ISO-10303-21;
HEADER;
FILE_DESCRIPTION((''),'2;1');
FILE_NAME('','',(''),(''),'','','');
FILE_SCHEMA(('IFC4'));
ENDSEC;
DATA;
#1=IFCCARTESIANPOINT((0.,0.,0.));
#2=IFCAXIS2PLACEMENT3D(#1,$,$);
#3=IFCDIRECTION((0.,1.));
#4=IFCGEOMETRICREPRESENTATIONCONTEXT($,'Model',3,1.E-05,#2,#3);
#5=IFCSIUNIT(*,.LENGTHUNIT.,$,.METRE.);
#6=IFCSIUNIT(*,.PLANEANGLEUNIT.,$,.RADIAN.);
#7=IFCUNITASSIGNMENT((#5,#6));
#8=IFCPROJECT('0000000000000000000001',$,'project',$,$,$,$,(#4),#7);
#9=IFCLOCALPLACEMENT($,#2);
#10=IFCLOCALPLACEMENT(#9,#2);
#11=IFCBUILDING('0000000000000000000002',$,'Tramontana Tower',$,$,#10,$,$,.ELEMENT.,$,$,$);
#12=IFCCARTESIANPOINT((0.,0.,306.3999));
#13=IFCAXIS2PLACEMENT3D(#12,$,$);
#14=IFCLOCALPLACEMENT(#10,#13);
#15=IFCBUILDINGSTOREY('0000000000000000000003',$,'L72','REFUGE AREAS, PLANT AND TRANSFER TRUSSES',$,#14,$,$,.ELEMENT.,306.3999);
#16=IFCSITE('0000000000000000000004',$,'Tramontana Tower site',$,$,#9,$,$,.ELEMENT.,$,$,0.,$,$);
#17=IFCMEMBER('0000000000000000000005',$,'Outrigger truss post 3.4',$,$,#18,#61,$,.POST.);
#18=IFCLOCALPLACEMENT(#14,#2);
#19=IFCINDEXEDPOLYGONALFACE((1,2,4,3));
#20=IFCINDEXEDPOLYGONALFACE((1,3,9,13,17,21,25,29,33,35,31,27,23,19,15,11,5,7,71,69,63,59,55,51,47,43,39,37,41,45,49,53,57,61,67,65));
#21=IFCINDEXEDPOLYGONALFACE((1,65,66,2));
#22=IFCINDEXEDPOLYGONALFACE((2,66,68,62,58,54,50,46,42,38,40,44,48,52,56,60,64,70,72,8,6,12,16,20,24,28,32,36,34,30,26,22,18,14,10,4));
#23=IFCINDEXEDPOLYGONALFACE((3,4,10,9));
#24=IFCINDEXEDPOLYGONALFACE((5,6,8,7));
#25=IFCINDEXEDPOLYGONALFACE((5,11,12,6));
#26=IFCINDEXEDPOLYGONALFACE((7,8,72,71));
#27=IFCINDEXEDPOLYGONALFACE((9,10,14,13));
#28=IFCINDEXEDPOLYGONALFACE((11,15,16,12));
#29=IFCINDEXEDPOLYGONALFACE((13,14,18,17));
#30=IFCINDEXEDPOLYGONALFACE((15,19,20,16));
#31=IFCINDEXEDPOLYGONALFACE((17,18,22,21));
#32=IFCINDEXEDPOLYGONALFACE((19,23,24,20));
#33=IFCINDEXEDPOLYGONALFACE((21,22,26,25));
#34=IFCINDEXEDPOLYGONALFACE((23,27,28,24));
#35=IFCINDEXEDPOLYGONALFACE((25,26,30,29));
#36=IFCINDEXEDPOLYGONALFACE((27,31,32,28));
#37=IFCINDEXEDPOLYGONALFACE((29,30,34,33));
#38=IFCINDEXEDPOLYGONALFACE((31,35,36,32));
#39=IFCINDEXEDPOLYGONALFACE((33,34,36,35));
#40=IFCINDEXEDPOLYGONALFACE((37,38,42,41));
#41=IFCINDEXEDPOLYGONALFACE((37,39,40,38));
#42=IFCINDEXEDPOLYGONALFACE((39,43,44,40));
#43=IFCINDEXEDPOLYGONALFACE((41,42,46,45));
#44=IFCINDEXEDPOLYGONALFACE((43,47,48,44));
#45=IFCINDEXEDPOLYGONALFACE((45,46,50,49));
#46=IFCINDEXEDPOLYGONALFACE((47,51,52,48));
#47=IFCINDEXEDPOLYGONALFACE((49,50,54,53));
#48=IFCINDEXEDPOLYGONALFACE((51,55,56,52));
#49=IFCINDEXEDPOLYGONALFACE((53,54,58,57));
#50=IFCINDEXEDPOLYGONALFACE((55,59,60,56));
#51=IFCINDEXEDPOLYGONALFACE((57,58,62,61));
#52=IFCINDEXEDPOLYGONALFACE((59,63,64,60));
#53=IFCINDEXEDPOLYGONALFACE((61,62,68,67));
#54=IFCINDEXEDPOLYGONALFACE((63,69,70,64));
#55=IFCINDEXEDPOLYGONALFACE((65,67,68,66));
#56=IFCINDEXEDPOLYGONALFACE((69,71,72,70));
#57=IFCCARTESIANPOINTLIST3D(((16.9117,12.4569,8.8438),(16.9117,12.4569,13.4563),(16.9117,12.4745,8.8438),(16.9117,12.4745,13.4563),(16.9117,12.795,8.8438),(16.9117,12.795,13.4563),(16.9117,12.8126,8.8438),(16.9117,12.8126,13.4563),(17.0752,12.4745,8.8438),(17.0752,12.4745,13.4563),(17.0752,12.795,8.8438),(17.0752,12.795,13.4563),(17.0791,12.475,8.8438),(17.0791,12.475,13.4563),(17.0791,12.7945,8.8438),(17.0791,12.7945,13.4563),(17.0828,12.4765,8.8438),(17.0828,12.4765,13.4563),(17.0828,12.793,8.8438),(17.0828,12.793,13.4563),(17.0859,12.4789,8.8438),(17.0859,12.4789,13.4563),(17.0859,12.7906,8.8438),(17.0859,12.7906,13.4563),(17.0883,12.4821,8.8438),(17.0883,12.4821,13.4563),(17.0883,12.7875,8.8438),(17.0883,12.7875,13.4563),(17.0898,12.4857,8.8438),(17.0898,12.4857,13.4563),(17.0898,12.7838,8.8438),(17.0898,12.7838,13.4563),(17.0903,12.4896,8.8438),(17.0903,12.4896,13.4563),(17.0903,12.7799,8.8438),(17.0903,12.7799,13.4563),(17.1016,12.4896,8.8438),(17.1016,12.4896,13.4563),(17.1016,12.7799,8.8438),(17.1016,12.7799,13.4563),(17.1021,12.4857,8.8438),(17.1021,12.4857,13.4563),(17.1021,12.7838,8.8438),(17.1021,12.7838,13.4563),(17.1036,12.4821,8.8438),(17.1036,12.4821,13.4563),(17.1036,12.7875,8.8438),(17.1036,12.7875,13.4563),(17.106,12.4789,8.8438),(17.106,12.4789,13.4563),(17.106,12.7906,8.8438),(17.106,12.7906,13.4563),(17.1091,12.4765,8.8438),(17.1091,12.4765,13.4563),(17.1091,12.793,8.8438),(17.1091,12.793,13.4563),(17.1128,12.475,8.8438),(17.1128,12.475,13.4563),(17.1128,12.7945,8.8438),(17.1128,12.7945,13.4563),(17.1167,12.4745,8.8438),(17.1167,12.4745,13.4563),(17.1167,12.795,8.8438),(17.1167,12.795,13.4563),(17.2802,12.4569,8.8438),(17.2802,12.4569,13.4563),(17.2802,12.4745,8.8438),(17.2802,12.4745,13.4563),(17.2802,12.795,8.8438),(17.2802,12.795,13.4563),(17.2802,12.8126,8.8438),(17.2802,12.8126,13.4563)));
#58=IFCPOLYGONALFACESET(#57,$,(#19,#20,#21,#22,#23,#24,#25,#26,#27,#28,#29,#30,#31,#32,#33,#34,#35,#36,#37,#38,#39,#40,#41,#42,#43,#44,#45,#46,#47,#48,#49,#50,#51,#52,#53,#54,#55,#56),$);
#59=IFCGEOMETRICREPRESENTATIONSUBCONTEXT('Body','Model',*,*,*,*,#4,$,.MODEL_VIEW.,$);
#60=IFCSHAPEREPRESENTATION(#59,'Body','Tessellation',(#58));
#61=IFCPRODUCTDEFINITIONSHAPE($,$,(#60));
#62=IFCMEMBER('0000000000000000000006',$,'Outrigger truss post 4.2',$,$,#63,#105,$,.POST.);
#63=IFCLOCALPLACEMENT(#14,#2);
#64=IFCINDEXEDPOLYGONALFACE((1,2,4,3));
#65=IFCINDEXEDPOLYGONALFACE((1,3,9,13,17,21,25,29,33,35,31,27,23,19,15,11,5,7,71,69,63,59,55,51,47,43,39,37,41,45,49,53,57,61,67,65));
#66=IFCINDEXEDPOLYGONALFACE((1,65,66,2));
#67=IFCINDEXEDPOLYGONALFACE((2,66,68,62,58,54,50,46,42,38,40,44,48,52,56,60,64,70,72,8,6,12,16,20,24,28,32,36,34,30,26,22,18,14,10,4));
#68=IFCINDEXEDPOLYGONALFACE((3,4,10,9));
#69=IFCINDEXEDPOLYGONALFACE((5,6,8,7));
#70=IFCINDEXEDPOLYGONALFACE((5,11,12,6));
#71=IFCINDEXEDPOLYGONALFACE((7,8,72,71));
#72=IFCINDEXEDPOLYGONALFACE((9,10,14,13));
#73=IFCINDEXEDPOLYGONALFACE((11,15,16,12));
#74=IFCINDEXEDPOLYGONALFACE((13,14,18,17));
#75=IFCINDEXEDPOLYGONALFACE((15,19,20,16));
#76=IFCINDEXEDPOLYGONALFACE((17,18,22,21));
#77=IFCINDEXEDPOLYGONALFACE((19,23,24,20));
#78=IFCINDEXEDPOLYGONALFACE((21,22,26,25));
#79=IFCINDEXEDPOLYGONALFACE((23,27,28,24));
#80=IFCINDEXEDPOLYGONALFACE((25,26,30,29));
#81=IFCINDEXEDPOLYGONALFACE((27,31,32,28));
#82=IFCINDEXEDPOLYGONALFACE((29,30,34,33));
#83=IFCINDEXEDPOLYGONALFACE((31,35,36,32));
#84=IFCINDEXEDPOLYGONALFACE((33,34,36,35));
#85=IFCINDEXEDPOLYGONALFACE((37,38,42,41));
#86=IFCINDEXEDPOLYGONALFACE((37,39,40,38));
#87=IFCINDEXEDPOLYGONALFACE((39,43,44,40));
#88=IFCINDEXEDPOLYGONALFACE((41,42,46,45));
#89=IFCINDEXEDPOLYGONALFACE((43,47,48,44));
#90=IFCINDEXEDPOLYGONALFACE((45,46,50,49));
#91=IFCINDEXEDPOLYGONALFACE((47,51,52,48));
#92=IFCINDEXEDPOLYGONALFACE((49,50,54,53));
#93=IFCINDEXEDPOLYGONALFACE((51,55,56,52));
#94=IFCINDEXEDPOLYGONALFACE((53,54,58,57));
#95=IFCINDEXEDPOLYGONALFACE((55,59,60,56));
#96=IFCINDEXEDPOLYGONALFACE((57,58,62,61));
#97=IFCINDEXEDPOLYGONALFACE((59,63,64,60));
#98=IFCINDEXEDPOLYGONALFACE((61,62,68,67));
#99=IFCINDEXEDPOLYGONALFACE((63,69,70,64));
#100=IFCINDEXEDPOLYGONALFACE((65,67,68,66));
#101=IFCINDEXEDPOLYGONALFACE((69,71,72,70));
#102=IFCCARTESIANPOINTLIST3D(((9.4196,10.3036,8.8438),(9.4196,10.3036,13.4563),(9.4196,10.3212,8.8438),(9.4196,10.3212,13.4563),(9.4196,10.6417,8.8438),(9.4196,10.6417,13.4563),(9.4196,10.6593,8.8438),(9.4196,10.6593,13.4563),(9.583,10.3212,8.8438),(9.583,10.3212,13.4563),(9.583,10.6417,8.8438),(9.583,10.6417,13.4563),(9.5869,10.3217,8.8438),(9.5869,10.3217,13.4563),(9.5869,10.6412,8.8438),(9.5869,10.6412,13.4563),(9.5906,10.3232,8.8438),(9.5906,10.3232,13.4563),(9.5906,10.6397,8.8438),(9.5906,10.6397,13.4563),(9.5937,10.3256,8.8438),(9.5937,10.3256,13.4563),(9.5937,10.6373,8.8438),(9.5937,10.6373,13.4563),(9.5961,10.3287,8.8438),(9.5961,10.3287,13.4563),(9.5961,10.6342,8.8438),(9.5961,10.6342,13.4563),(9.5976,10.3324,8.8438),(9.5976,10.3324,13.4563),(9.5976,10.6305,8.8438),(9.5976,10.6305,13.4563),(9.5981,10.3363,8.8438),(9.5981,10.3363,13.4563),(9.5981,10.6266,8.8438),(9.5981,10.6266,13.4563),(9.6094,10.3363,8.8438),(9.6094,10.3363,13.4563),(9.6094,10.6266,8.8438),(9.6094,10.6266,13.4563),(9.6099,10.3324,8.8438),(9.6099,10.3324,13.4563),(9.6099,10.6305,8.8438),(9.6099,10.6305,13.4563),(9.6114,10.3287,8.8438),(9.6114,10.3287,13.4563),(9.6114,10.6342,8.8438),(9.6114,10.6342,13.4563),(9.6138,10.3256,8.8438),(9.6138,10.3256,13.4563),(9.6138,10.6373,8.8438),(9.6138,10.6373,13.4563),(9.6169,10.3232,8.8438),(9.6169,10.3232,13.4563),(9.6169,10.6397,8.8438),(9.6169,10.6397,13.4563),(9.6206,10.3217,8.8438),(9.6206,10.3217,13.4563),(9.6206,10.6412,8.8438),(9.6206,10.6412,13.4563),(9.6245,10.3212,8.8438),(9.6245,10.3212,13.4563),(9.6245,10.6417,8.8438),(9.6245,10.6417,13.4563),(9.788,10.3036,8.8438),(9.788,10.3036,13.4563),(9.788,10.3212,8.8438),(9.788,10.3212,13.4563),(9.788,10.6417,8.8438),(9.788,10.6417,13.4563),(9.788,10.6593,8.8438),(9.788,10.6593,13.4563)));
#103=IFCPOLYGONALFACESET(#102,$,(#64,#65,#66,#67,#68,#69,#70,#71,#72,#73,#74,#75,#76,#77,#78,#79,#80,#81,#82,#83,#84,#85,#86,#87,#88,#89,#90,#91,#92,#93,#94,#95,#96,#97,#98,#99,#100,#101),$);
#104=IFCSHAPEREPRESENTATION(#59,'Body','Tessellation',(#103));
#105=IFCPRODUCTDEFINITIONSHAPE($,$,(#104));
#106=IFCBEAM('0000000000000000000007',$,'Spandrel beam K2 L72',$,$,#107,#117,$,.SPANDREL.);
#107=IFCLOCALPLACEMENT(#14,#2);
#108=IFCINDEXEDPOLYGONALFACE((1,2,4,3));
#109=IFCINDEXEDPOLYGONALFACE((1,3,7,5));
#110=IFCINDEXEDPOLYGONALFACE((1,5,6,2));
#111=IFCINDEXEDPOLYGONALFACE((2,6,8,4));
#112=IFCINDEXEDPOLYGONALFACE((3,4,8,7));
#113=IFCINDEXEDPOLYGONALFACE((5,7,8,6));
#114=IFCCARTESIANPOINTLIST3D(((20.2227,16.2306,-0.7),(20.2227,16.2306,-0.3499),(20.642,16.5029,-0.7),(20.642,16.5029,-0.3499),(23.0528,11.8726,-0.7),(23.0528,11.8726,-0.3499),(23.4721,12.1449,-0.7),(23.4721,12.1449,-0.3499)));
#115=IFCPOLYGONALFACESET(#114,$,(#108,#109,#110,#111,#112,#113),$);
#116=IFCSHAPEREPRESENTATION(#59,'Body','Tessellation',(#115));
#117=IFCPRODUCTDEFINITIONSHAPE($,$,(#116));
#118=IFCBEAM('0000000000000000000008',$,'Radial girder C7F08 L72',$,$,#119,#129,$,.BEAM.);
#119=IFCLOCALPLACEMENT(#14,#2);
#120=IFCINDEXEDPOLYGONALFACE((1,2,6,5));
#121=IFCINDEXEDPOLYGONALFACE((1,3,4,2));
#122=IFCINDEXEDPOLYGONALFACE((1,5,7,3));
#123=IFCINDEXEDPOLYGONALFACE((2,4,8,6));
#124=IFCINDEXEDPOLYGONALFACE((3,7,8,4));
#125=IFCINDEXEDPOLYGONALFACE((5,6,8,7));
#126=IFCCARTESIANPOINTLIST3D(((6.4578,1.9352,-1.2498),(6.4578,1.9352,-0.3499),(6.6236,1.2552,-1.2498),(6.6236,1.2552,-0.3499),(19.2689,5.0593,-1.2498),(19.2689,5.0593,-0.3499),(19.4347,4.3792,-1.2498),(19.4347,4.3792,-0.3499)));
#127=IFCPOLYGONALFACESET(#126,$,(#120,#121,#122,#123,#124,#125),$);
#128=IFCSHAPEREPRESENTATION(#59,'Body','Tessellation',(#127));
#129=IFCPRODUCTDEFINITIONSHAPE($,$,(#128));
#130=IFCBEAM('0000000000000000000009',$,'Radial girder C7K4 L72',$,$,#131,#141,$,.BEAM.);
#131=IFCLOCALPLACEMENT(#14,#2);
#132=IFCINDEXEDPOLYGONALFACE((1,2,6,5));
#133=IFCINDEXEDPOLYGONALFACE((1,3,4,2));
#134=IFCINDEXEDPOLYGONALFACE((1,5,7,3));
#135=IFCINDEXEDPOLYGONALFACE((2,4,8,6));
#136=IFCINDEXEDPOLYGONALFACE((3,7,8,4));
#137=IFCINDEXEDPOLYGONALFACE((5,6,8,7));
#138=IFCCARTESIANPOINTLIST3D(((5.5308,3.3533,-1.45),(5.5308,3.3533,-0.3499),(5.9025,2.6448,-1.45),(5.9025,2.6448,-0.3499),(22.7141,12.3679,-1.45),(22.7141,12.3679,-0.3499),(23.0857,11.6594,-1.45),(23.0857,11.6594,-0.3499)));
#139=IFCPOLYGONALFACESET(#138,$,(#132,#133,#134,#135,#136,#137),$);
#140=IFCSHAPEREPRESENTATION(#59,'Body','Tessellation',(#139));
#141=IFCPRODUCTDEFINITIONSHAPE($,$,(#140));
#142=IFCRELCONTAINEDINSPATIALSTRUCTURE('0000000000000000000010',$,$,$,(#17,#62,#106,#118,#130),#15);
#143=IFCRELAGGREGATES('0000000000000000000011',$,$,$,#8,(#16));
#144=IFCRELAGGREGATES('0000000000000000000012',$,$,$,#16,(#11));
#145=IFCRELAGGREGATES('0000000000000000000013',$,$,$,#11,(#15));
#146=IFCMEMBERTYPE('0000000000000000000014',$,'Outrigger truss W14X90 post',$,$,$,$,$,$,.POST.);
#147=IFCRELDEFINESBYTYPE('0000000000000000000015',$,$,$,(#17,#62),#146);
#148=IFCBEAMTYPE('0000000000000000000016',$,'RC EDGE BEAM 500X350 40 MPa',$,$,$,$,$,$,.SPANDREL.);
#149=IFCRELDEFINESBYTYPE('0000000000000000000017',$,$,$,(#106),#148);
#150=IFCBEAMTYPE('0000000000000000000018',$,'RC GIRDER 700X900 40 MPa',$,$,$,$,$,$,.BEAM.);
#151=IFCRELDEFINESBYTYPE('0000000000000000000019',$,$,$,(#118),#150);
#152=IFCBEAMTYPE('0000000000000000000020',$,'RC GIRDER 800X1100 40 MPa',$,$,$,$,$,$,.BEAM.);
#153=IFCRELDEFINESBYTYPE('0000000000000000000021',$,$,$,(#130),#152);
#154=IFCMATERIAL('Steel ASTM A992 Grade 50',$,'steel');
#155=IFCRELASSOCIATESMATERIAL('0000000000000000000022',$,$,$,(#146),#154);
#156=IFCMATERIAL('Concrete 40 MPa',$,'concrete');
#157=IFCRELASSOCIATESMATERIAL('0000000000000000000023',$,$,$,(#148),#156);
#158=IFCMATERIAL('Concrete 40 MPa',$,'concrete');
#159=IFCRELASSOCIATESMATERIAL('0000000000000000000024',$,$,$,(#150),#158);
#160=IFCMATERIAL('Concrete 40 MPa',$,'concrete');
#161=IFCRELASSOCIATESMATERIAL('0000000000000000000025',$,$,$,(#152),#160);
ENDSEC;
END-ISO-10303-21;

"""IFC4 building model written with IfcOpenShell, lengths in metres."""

from ifc_helpers import new_model, si_unit, direction, frame, origin, origin_2d, place, context, subcontext, project, spatial, rectangle, i_section, extrude, material, material_profile, profile_set, type_object, element, save


model = new_model("IFC4")

# Units and contexts
model_context = context("Model", 3, precision=1e-05, world=origin(), true_north=direction((0.0, 1.0)))
body_context = subcontext(model_context, "Body", "Model", "MODEL_VIEW")
ifc_project = project(units=[si_unit("LENGTHUNIT", "METRE"), si_unit("PLANEANGLEUNIT", "RADIAN")], contexts=[model_context])

# Site, building, storey
site_placement = place(None, origin())
site = spatial("IfcSite", under=ifc_project, at=site_placement, Name="Tramontana Tower site", CompositionType="ELEMENT", RefElevation=0.0)
building_placement = place(site_placement, origin())
building = spatial("IfcBuilding", under=site, at=building_placement, Name="Tramontana Tower", CompositionType="ELEMENT")
storey_placement = place(building_placement, frame((0.0, 0.0, 306.3999)))
storey = spatial("IfcBuildingStorey", under=building, at=storey_placement, Name="L72", Description="REFUGE AREAS, PLANT AND TRANSFER TRUSSES", CompositionType="ELEMENT", Elevation=306.3999)

# Members
ifc_material_1 = material(Name="Steel ASTM A992 Grade 50", Category="steel")
ifc_material_profile_1 = material_profile(ifc_material_1, i_section(OverallWidth=0.3684, OverallDepth=0.3557, WebThickness=0.0112, FlangeThickness=0.0176, FilletRadius=0.0151, at=origin_2d()), Name="W14X90")
ifc_profile_set_1 = profile_set([ifc_material_profile_1], Name="Steel ASTM A992 Grade 50")
member_type_1 = type_object("IfcMemberType", Name="Outrigger truss W14X90 post", PredefinedType="POST", material=ifc_profile_set_1)
for number, where, z_axis, x_axis, name in (
    (1, (17.0959, 12.6348, 8.8438), (0.0, 0.0, 1.0), (1.0, 0.0, 0.0), "Outrigger truss post 3.4"),
    (2, (9.6038, 10.4814, 8.8438), (0.0, 0.0, 1.0), (1.0, 0.0, 0.0), "Outrigger truss post 4.2"),
):
    element("IfcMember", number, at=place(storey_placement, frame(where, z_axis=z_axis, x_axis=x_axis)), inside=storey, type_object=member_type_1, Name=name, PredefinedType="POST", context=body_context, shape_type="SweptSolid", body=[
        extrude(i_section(OverallWidth=0.3684, OverallDepth=0.3557, WebThickness=0.0112, FlangeThickness=0.0176, FilletRadius=0.0151, at=origin_2d()), origin(), (0.0, 0.0, 1.0), 4.6125),
    ])

# Beams
ifc_material_2 = material(Name="Concrete 40 MPa", Category="concrete")
ifc_material_profile_2 = material_profile(ifc_material_2, rectangle(XDim=0.5, YDim=0.3501, at=origin_2d()), Name="RC EDGE BEAM 500X350 40 MPa")
ifc_profile_set_2 = profile_set([ifc_material_profile_2], Name="Concrete 40 MPa")
beam_type_1 = type_object("IfcBeamType", Name="RC EDGE BEAM 500X350 40 MPa", PredefinedType="SPANDREL", material=ifc_profile_set_2)
beam_1_placement = place(storey_placement, frame((23.2625, 12.0088, -0.5249), z_axis=(-0.544641, 0.838669, 0.0), x_axis=(-0.838669, -0.544641, 0.0)))
element("IfcBeam", 3, at=beam_1_placement, inside=storey, type_object=beam_type_1, Name="Spandrel beam K2 L72", PredefinedType="SPANDREL", context=body_context, shape_type="SweptSolid", body=[
    extrude(rectangle(XDim=0.5, YDim=0.3501, at=origin_2d()), origin(), (0.0, 0.0, 1.0), 5.1963),
])
ifc_material_3 = material(Name="Concrete 40 MPa", Category="concrete")
ifc_material_profile_3 = material_profile(ifc_material_3, rectangle(XDim=0.7, YDim=0.8999, at=origin_2d()), Name="RC GIRDER 700X900 40 MPa")
ifc_profile_set_3 = profile_set([ifc_material_profile_3], Name="Concrete 40 MPa")
beam_type_2 = type_object("IfcBeamType", Name="RC GIRDER 700X900 40 MPa", PredefinedType="BEAM", material=ifc_profile_set_3)
beam_2_placement = place(storey_placement, frame((19.3518, 4.7192, -0.7998), z_axis=(-0.971531, -0.236912, 0.0), x_axis=(0.236912, -0.971531, 0.0)))
element("IfcBeam", 4, at=beam_2_placement, inside=storey, type_object=beam_type_2, Name="Radial girder C7F08 L72", PredefinedType="BEAM", context=body_context, shape_type="SweptSolid", body=[
    extrude(rectangle(XDim=0.7, YDim=0.8999, at=origin_2d()), origin(), (0.0, 0.0, 1.0), 13.1865),
])
ifc_material_4 = material(Name="Concrete 40 MPa", Category="concrete")
ifc_material_profile_4 = material_profile(ifc_material_4, rectangle(XDim=0.8, YDim=1.1001, at=origin_2d()), Name="RC GIRDER 800X1100 40 MPa")
ifc_profile_set_4 = profile_set([ifc_material_profile_4], Name="Concrete 40 MPa")
beam_type_3 = type_object("IfcBeamType", Name="RC GIRDER 800X1100 40 MPa", PredefinedType="BEAM", material=ifc_profile_set_4)
beam_3_placement = place(storey_placement, frame((22.8999, 12.0137, -0.8999), z_axis=(-0.885538, -0.464567, 0.0), x_axis=(0.464567, -0.885538, 0.0)))
element("IfcBeam", 5, at=beam_3_placement, inside=storey, type_object=beam_type_3, Name="Radial girder C7K4 L72", PredefinedType="BEAM", context=body_context, shape_type="SweptSolid", body=[
    extrude(rectangle(XDim=0.8, YDim=1.1001, at=origin_2d()), origin(), (0.0, 0.0, 1.0), 19.4043),
])

save(model, "model.ifc")
